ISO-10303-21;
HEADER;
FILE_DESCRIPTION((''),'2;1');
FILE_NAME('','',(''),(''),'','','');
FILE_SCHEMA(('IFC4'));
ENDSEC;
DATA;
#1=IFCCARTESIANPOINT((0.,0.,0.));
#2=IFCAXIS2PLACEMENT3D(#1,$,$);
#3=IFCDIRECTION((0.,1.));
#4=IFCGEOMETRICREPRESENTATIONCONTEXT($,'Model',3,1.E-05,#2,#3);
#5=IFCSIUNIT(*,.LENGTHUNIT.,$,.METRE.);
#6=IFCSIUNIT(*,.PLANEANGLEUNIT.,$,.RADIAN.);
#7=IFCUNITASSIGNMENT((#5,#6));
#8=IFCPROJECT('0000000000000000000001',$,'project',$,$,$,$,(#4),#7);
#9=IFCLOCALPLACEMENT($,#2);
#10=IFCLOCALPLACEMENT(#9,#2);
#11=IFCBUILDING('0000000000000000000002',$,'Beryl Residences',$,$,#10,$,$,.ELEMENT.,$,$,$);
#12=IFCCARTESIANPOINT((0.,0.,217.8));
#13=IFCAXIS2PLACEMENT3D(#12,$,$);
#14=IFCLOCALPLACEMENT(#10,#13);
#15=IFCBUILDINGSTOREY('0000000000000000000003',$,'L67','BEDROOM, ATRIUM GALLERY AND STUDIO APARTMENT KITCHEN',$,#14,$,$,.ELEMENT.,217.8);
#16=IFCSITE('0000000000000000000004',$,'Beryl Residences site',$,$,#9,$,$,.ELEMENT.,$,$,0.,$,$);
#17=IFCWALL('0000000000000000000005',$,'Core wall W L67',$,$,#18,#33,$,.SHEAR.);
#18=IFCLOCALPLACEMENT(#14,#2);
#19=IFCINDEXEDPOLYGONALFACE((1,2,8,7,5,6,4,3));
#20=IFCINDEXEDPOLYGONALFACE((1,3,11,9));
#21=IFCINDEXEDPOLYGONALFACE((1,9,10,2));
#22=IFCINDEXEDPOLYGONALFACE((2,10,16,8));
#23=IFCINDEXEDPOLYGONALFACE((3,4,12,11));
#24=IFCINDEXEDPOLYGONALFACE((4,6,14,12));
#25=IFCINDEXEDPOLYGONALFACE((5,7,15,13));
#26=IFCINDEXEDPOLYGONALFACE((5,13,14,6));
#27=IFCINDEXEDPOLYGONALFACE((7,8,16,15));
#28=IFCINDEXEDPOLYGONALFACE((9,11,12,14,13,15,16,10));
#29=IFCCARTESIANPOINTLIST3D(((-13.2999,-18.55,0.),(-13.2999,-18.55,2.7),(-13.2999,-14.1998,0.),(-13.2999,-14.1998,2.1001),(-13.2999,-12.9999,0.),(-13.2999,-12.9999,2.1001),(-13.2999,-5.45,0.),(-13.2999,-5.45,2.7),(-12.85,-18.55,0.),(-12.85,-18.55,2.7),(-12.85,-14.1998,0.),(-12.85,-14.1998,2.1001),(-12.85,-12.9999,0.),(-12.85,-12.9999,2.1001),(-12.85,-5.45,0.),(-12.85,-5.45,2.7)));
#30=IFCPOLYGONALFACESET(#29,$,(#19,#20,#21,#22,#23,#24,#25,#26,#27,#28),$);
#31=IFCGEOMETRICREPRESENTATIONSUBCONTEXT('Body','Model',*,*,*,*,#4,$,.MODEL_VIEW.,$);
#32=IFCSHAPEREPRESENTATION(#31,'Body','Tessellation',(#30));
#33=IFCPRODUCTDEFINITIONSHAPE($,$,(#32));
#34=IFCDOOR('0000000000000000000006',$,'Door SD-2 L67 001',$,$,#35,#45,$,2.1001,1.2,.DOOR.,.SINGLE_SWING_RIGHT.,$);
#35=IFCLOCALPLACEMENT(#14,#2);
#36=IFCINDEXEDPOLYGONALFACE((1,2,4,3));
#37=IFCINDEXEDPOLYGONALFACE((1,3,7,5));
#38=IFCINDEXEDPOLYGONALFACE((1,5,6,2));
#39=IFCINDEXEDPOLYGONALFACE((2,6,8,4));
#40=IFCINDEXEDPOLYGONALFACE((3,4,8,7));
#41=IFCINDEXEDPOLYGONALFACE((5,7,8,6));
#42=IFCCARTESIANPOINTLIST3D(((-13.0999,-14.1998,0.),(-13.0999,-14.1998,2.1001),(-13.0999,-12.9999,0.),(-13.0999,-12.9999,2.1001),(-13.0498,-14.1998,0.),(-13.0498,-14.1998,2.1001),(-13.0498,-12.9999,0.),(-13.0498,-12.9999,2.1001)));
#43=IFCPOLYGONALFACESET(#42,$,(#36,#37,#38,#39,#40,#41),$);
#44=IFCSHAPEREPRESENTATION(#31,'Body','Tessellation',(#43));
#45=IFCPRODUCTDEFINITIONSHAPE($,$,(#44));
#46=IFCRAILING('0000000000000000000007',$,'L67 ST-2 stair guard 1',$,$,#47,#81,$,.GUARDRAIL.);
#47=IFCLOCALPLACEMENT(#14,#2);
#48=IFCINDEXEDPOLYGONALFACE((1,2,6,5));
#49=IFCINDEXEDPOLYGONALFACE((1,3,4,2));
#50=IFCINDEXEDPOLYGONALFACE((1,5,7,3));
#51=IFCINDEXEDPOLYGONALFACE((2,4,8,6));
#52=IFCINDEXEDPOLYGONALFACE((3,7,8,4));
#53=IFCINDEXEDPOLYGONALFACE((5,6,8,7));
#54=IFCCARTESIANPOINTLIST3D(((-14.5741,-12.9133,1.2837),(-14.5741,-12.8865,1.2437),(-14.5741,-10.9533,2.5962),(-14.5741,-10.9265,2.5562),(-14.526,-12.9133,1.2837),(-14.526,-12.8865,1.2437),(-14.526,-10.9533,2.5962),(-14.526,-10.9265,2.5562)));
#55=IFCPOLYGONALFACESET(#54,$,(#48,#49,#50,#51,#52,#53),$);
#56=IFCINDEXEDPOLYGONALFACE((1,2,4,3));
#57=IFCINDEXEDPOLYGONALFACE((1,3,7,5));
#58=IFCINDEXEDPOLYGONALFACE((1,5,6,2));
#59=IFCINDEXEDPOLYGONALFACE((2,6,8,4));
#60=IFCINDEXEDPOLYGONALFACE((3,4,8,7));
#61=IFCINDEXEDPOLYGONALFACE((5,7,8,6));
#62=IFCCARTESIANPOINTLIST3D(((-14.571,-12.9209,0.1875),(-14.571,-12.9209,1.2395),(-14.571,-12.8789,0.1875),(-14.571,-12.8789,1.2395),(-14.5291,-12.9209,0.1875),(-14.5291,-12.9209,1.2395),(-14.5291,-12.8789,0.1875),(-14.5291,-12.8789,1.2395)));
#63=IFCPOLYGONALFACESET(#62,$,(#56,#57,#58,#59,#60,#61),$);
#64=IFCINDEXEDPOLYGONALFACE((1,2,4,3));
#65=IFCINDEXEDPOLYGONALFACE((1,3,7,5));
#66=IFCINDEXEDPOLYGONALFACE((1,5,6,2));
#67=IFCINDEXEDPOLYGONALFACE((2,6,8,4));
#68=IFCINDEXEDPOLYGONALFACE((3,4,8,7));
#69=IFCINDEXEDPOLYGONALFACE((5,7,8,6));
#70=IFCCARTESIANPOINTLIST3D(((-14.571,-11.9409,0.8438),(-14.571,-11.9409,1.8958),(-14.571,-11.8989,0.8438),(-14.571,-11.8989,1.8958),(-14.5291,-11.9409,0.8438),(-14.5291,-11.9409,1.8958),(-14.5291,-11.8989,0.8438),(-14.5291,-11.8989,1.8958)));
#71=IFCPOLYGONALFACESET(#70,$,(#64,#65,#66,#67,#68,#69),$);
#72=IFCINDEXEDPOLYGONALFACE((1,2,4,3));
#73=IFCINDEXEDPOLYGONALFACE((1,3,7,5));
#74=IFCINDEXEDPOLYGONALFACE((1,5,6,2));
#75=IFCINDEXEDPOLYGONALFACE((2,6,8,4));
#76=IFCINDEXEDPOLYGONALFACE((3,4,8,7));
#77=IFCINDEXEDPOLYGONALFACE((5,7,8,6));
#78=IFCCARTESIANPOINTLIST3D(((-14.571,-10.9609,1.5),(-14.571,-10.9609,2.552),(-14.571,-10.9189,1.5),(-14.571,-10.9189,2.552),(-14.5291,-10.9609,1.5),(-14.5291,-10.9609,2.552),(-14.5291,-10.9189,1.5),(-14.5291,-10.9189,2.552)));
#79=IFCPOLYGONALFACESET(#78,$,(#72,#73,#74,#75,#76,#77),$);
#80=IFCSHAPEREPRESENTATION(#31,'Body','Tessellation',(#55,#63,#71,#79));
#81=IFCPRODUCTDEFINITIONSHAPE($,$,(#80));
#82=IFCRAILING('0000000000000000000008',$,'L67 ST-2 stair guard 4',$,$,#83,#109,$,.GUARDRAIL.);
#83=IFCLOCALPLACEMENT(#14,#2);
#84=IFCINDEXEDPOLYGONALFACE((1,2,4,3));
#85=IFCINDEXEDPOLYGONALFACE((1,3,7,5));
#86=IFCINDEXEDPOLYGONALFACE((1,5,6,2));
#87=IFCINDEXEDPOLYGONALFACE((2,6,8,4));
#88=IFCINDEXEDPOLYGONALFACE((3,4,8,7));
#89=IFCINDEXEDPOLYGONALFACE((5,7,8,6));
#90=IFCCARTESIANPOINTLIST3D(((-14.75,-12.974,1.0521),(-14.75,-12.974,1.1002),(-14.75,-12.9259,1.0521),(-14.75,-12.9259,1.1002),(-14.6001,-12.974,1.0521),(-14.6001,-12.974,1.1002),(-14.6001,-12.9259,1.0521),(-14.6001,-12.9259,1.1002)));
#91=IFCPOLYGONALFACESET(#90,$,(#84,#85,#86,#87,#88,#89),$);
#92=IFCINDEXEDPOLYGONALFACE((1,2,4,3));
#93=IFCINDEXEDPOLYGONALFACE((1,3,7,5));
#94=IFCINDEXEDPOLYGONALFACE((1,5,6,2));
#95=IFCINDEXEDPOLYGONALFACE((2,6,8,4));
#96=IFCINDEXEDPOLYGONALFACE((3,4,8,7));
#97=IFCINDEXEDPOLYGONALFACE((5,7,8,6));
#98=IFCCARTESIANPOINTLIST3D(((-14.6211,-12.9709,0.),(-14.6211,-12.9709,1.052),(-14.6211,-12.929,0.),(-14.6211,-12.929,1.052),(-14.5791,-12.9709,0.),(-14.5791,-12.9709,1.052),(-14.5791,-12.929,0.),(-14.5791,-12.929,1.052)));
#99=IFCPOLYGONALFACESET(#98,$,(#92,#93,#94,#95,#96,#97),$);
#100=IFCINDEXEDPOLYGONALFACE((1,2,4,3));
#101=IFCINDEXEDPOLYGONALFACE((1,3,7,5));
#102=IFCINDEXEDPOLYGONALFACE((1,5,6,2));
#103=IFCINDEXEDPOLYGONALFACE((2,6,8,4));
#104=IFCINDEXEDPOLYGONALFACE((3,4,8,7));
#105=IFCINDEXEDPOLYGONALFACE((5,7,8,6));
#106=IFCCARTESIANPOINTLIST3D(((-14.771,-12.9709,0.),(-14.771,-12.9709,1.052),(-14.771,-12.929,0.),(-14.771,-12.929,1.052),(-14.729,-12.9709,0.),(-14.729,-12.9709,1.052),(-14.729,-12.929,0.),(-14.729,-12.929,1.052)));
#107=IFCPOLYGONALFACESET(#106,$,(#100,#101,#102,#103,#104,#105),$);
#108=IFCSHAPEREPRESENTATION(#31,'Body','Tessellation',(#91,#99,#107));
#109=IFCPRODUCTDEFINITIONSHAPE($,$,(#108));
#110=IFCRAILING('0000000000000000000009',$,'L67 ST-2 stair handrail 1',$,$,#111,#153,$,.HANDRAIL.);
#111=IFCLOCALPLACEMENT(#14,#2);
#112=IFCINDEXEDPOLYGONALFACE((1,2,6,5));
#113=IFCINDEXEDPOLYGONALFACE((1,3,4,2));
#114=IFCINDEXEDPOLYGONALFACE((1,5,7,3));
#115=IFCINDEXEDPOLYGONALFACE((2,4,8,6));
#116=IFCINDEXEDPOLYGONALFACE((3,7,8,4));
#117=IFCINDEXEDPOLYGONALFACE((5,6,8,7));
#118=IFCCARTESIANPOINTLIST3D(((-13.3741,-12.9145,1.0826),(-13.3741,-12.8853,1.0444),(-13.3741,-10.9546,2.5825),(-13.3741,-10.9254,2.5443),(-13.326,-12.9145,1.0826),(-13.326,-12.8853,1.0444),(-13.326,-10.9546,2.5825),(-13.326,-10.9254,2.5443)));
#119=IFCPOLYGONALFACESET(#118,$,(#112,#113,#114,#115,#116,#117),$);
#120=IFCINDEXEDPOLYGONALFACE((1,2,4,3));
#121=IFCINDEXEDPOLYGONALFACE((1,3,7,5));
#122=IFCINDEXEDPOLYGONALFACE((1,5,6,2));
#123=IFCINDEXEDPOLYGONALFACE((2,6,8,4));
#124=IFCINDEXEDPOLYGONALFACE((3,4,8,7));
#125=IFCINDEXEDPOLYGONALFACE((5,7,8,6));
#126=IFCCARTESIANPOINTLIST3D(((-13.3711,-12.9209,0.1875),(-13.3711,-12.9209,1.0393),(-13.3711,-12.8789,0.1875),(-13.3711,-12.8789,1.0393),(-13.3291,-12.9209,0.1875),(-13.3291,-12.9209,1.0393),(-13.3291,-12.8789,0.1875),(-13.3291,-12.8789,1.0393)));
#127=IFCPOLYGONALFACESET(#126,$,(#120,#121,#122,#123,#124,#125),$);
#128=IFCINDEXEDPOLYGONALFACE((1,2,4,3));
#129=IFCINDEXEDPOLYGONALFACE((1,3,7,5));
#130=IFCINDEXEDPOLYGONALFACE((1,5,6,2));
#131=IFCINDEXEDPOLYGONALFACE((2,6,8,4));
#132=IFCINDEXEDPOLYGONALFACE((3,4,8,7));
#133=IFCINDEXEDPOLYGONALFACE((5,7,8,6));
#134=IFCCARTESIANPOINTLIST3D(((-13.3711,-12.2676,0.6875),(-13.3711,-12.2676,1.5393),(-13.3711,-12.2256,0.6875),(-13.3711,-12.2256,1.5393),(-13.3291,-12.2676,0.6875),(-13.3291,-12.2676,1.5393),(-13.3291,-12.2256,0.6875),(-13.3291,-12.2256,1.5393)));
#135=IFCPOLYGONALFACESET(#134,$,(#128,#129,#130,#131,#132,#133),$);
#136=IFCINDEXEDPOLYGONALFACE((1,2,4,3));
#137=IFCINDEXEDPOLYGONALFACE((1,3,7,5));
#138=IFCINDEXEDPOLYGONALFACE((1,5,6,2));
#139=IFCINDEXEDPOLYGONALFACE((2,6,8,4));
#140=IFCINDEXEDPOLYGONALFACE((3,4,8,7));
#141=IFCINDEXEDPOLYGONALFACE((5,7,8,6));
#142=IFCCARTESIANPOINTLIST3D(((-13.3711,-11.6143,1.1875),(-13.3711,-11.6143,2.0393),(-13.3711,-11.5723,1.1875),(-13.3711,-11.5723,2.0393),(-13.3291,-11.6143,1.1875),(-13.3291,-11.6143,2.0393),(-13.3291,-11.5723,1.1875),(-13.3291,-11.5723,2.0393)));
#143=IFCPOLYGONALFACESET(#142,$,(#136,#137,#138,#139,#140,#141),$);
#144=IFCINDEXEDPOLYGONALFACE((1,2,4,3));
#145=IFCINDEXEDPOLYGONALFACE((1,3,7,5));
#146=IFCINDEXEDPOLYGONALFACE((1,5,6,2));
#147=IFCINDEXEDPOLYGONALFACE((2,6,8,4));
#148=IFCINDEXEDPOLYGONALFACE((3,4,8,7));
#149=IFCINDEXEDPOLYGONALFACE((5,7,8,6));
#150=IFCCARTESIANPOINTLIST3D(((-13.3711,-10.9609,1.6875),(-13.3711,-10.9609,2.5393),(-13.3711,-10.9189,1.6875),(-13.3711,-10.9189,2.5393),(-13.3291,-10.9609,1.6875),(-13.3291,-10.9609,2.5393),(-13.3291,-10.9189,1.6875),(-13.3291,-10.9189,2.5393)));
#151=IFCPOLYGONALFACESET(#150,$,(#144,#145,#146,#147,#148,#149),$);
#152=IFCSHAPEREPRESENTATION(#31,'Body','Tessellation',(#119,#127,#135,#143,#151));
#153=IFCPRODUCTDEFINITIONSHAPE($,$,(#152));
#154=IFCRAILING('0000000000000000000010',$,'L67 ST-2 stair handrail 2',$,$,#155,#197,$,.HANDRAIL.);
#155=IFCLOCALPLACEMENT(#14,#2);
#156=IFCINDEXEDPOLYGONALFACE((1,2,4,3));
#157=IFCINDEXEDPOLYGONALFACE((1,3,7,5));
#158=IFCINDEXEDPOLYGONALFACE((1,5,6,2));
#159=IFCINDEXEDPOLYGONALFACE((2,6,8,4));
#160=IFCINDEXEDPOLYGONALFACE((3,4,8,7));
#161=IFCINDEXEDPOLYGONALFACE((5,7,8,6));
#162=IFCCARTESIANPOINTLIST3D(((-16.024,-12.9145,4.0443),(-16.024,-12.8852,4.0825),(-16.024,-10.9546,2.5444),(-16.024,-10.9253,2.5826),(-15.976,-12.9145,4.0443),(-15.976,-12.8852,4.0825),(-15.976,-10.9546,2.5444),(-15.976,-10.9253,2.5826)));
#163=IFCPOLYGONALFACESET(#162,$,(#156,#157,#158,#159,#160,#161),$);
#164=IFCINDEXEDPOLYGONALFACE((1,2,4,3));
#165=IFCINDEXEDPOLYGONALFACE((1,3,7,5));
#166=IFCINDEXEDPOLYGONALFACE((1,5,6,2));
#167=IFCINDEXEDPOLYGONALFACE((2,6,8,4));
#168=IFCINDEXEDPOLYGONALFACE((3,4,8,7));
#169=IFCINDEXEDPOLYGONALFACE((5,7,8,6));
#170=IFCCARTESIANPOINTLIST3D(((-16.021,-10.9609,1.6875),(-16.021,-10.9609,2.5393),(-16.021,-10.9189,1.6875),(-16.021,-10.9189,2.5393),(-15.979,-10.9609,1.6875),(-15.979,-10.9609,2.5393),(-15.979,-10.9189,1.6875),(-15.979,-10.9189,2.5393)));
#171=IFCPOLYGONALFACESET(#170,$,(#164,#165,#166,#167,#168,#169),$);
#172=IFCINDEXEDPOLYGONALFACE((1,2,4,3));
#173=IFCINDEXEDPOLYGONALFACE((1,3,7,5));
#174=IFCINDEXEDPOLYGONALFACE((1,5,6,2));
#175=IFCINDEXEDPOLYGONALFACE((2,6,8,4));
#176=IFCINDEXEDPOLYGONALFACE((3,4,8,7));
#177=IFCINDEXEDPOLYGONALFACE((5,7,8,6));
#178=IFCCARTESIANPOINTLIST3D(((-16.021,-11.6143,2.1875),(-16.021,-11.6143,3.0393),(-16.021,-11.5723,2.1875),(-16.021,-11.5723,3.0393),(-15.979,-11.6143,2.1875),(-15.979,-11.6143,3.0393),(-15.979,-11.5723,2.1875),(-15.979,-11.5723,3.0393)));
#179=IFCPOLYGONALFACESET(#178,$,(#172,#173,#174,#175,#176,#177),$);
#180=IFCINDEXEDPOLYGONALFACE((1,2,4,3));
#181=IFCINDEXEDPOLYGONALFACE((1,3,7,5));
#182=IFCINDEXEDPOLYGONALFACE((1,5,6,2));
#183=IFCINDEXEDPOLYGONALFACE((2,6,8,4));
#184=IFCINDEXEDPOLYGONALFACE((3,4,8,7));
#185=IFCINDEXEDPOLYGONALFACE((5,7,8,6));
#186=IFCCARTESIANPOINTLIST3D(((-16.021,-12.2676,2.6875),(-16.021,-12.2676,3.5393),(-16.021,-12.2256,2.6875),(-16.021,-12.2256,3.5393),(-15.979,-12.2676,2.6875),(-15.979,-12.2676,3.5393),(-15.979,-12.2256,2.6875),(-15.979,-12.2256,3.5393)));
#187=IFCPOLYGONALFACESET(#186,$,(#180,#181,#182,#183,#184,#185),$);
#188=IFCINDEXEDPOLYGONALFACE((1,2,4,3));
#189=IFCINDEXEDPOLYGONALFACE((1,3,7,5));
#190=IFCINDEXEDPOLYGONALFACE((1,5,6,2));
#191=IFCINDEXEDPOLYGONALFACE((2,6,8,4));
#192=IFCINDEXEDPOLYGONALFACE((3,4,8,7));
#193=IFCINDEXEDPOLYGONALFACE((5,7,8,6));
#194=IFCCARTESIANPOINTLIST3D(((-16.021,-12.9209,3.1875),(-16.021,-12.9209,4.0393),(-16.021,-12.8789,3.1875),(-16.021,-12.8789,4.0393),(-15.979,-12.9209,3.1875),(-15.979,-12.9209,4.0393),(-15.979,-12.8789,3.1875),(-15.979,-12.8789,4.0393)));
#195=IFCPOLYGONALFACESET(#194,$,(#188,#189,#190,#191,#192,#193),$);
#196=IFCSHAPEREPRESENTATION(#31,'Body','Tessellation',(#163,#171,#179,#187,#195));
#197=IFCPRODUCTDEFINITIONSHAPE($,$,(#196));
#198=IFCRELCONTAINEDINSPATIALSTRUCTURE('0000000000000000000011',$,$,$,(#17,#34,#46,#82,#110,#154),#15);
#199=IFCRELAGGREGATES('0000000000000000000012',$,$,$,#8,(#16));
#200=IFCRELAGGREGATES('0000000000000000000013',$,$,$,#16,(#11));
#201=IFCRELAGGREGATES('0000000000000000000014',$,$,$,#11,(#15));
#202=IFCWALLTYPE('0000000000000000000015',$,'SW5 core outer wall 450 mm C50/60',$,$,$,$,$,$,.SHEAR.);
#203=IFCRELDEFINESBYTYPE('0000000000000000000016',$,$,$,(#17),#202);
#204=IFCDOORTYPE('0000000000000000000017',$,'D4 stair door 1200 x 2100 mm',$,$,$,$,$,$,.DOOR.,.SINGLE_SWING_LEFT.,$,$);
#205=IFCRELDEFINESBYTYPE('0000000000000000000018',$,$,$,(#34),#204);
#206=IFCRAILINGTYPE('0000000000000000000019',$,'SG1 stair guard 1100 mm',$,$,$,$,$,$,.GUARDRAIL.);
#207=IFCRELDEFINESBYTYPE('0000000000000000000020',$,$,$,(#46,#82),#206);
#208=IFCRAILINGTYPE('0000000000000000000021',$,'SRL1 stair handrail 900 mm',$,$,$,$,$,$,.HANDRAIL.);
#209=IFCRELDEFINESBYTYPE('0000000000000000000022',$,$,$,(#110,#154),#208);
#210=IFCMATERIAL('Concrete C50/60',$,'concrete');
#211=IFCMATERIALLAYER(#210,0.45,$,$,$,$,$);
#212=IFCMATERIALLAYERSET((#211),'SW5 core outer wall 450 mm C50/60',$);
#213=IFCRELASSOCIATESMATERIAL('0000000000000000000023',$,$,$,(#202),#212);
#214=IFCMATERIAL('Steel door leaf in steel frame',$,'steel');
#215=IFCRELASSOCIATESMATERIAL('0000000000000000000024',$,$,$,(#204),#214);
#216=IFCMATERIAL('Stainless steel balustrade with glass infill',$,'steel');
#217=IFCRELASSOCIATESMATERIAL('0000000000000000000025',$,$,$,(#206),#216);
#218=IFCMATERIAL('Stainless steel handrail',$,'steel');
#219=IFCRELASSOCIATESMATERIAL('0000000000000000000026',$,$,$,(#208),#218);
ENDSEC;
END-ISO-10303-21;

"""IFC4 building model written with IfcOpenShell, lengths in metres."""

from ifc_helpers import new_model, si_unit, direction, frame, frame_2d, origin, origin_2d, place, context, subcontext, project, spatial, rectangle, extrude, material, layer, layer_set, type_object, element, fill, save


model = new_model("IFC4")

# Units and contexts
model_context = context("Model", 3, precision=1e-05, world=origin(), true_north=direction((0.0, 1.0)))
body_context = subcontext(model_context, "Body", "Model", "MODEL_VIEW")
ifc_project = project(units=[si_unit("LENGTHUNIT", "METRE"), si_unit("PLANEANGLEUNIT", "RADIAN")], contexts=[model_context])

# Site, building, storey
site_placement = place(None, origin())
site = spatial("IfcSite", under=ifc_project, at=site_placement, Name="Beryl Residences site", CompositionType="ELEMENT", RefElevation=0.0)
building_placement = place(site_placement, origin())
building = spatial("IfcBuilding", under=site, at=building_placement, Name="Beryl Residences", CompositionType="ELEMENT")
storey_placement = place(building_placement, frame((0.0, 0.0, 217.8)))
storey = spatial("IfcBuildingStorey", under=building, at=storey_placement, Name="L67", Description="BEDROOM, ATRIUM GALLERY AND STUDIO APARTMENT KITCHEN", CompositionType="ELEMENT", Elevation=217.8)

# Wall, opening, door
ifc_material_1 = material(Name="Concrete C50/60", Category="concrete")
ifc_layer_1 = layer(ifc_material_1, 0.45)
ifc_layer_set_1 = layer_set([ifc_layer_1], Name="SW5 core outer wall 450 mm C50/60")
wall_type_1 = type_object("IfcWallType", Name="SW5 core outer wall 450 mm C50/60", PredefinedType="SHEAR", material=ifc_layer_set_1)
wall_1_placement = place(storey_placement, frame((-13.075, -18.55, 0.0), z_axis=(0.0, 0.0, 1.0), x_axis=(0.0, 1.0, 0.0)))
wall_1 = element("IfcWall", 1, at=wall_1_placement, inside=storey, type_object=wall_type_1, Name="Core wall W L67", PredefinedType="SHEAR", context=body_context, shape_type="SweptSolid", body=[
    extrude(rectangle(XDim=13.1001, YDim=0.45, at=frame_2d((6.55, 0.0))), origin(), (0.0, 0.0, 1.0), 2.7),
])
opening_1_placement = place(wall_1_placement, frame((4.3501, 0.0, 0.0)))
opening_1 = element("IfcOpeningElement", 2, at=opening_1_placement, cuts=wall_1, PredefinedType="OPENING", context=body_context, shape_type="SweptSolid", body=[
    extrude(rectangle(XDim=1.2, YDim=2.1001, at=frame_2d((0.6001, 1.05))), frame((0.0, 0.2349, 0.0), z_axis=(0.0, -1.0, 0.0), x_axis=(1.0, 0.0, 0.0)), (0.0, 0.0, 1.0), 0.47),
])
ifc_material_2 = material(Name="Steel door leaf in steel frame", Category="steel")
door_type_1 = type_object("IfcDoorType", Name="D4 stair door 1200 x 2100 mm", OperationType="SINGLE_SWING_LEFT", PredefinedType="DOOR", material=ifc_material_2)
door_1_placement = place(opening_1_placement, origin())
door_1 = element("IfcDoor", 3, at=door_1_placement, inside=storey, type_object=door_type_1, Name="Door SD-2 L67 001", OperationType="SINGLE_SWING_RIGHT", OverallHeight=2.1001, OverallWidth=1.2, PredefinedType="DOOR", context=body_context, shape_type="SweptSolid", body=[
    extrude(rectangle(XDim=1.2, YDim=2.1001, at=frame_2d((0.6001, 1.05))), frame((0.0, 0.0249, 0.0), z_axis=(0.0, -1.0, 0.0), x_axis=(1.0, 0.0, 0.0)), (0.0, 0.0, 1.0), 0.05),
])
fill(opening_1, door_1)

# Railings
ifc_material_3 = material(Name="Stainless steel balustrade with glass infill", Category="steel")
railing_type_1 = type_object("IfcRailingType", Name="SG1 stair guard 1100 mm", PredefinedType="GUARDRAIL", material=ifc_material_3)
railing_1_placement = place(storey_placement, frame((-14.55, -12.8999, 0.1875)))
element("IfcRailing", 4, at=railing_1_placement, inside=storey, type_object=railing_type_1, Name="L67 ST-2 stair guard 1", PredefinedType="GUARDRAIL", context=body_context, shape_type="SweptSolid", body=[
    extrude(rectangle(XDim=0.0481, YDim=0.0481, at=origin_2d()), frame((0.0, 0.0, 1.0762), z_axis=(0.0, 0.830902, 0.556419), x_axis=(-1.0, 0.0, 0.0)), (0.0, 0.0, 1.0), 2.3589),
    extrude(rectangle(XDim=0.042, YDim=0.042, at=origin_2d()), origin(), (0.0, 0.0, 1.0), 1.052),
    extrude(rectangle(XDim=0.042, YDim=0.042, at=origin_2d()), frame((0.0, 0.98, 0.6562)), (0.0, 0.0, 1.0), 1.052),
    extrude(rectangle(XDim=0.042, YDim=0.042, at=origin_2d()), frame((0.0, 1.96, 1.3125)), (0.0, 0.0, 1.0), 1.052),
])
railing_2_placement = place(storey_placement, frame((-14.6001, -12.95, 0.0)))
element("IfcRailing", 5, at=railing_2_placement, inside=storey, type_object=railing_type_1, Name="L67 ST-2 stair guard 4", PredefinedType="GUARDRAIL", context=body_context, shape_type="SweptSolid", body=[
    extrude(rectangle(XDim=0.0481, YDim=0.0481, at=origin_2d()), frame((0.0, 0.0, 1.0762), z_axis=(-1.0, 0.0, 0.0), x_axis=(0.0, -1.0, 0.0)), (0.0, 0.0, 1.0), 0.1499),
    extrude(rectangle(XDim=0.042, YDim=0.042, at=origin_2d()), origin(), (0.0, 0.0, 1.0), 1.052),
    extrude(rectangle(XDim=0.042, YDim=0.042, at=origin_2d()), frame((-0.1499, 0.0, 0.0)), (0.0, 0.0, 1.0), 1.052),
])
ifc_material_4 = material(Name="Stainless steel handrail", Category="steel")
railing_type_2 = type_object("IfcRailingType", Name="SRL1 stair handrail 900 mm", PredefinedType="HANDRAIL", material=ifc_material_4)
railing_3_placement = place(storey_placement, frame((-13.3501, -12.8999, 0.1875)))
element("IfcRailing", 6, at=railing_3_placement, inside=storey, type_object=railing_type_2, Name="L67 ST-2 stair handrail 1", PredefinedType="HANDRAIL", context=body_context, shape_type="SweptSolid", body=[
    extrude(rectangle(XDim=0.0481, YDim=0.0481, at=origin_2d()), frame((0.0, 0.0, 0.876), z_axis=(0.0, 0.794122, 0.607758), x_axis=(-1.0, 0.0, 0.0)), (0.0, 0.0, 1.0), 2.468),
    extrude(rectangle(XDim=0.042, YDim=0.042, at=origin_2d()), origin(), (0.0, 0.0, 1.0), 0.8518),
    extrude(rectangle(XDim=0.042, YDim=0.042, at=origin_2d()), frame((0.0, 0.6533, 0.5)), (0.0, 0.0, 1.0), 0.8518),
    extrude(rectangle(XDim=0.042, YDim=0.042, at=origin_2d()), frame((0.0, 1.3066, 1.0)), (0.0, 0.0, 1.0), 0.8518),
    extrude(rectangle(XDim=0.042, YDim=0.042, at=origin_2d()), frame((0.0, 1.96, 1.5)), (0.0, 0.0, 1.0), 0.8518),
])
railing_4_placement = place(storey_placement, frame((-16.0, -10.9399, 1.6875)))
element("IfcRailing", 7, at=railing_4_placement, inside=storey, type_object=railing_type_2, Name="L67 ST-2 stair handrail 2", PredefinedType="HANDRAIL", context=body_context, shape_type="SweptSolid", body=[
    extrude(rectangle(XDim=0.0481, YDim=0.0481, at=origin_2d()), frame((0.0, 0.0, 0.876), z_axis=(0.0, -0.794122, 0.607758), x_axis=(1.0, 0.0, 0.0)), (0.0, 0.0, 1.0), 2.468),
    extrude(rectangle(XDim=0.042, YDim=0.042, at=origin_2d()), origin(), (0.0, 0.0, 1.0), 0.8518),
    extrude(rectangle(XDim=0.042, YDim=0.042, at=origin_2d()), frame((0.0, -0.6533, 0.5)), (0.0, 0.0, 1.0), 0.8518),
    extrude(rectangle(XDim=0.042, YDim=0.042, at=origin_2d()), frame((0.0, -1.3066, 1.0)), (0.0, 0.0, 1.0), 0.8518),
    extrude(rectangle(XDim=0.042, YDim=0.042, at=origin_2d()), frame((0.0, -1.96, 1.5)), (0.0, 0.0, 1.0), 0.8518),
])

save(model, "model.ifc")
